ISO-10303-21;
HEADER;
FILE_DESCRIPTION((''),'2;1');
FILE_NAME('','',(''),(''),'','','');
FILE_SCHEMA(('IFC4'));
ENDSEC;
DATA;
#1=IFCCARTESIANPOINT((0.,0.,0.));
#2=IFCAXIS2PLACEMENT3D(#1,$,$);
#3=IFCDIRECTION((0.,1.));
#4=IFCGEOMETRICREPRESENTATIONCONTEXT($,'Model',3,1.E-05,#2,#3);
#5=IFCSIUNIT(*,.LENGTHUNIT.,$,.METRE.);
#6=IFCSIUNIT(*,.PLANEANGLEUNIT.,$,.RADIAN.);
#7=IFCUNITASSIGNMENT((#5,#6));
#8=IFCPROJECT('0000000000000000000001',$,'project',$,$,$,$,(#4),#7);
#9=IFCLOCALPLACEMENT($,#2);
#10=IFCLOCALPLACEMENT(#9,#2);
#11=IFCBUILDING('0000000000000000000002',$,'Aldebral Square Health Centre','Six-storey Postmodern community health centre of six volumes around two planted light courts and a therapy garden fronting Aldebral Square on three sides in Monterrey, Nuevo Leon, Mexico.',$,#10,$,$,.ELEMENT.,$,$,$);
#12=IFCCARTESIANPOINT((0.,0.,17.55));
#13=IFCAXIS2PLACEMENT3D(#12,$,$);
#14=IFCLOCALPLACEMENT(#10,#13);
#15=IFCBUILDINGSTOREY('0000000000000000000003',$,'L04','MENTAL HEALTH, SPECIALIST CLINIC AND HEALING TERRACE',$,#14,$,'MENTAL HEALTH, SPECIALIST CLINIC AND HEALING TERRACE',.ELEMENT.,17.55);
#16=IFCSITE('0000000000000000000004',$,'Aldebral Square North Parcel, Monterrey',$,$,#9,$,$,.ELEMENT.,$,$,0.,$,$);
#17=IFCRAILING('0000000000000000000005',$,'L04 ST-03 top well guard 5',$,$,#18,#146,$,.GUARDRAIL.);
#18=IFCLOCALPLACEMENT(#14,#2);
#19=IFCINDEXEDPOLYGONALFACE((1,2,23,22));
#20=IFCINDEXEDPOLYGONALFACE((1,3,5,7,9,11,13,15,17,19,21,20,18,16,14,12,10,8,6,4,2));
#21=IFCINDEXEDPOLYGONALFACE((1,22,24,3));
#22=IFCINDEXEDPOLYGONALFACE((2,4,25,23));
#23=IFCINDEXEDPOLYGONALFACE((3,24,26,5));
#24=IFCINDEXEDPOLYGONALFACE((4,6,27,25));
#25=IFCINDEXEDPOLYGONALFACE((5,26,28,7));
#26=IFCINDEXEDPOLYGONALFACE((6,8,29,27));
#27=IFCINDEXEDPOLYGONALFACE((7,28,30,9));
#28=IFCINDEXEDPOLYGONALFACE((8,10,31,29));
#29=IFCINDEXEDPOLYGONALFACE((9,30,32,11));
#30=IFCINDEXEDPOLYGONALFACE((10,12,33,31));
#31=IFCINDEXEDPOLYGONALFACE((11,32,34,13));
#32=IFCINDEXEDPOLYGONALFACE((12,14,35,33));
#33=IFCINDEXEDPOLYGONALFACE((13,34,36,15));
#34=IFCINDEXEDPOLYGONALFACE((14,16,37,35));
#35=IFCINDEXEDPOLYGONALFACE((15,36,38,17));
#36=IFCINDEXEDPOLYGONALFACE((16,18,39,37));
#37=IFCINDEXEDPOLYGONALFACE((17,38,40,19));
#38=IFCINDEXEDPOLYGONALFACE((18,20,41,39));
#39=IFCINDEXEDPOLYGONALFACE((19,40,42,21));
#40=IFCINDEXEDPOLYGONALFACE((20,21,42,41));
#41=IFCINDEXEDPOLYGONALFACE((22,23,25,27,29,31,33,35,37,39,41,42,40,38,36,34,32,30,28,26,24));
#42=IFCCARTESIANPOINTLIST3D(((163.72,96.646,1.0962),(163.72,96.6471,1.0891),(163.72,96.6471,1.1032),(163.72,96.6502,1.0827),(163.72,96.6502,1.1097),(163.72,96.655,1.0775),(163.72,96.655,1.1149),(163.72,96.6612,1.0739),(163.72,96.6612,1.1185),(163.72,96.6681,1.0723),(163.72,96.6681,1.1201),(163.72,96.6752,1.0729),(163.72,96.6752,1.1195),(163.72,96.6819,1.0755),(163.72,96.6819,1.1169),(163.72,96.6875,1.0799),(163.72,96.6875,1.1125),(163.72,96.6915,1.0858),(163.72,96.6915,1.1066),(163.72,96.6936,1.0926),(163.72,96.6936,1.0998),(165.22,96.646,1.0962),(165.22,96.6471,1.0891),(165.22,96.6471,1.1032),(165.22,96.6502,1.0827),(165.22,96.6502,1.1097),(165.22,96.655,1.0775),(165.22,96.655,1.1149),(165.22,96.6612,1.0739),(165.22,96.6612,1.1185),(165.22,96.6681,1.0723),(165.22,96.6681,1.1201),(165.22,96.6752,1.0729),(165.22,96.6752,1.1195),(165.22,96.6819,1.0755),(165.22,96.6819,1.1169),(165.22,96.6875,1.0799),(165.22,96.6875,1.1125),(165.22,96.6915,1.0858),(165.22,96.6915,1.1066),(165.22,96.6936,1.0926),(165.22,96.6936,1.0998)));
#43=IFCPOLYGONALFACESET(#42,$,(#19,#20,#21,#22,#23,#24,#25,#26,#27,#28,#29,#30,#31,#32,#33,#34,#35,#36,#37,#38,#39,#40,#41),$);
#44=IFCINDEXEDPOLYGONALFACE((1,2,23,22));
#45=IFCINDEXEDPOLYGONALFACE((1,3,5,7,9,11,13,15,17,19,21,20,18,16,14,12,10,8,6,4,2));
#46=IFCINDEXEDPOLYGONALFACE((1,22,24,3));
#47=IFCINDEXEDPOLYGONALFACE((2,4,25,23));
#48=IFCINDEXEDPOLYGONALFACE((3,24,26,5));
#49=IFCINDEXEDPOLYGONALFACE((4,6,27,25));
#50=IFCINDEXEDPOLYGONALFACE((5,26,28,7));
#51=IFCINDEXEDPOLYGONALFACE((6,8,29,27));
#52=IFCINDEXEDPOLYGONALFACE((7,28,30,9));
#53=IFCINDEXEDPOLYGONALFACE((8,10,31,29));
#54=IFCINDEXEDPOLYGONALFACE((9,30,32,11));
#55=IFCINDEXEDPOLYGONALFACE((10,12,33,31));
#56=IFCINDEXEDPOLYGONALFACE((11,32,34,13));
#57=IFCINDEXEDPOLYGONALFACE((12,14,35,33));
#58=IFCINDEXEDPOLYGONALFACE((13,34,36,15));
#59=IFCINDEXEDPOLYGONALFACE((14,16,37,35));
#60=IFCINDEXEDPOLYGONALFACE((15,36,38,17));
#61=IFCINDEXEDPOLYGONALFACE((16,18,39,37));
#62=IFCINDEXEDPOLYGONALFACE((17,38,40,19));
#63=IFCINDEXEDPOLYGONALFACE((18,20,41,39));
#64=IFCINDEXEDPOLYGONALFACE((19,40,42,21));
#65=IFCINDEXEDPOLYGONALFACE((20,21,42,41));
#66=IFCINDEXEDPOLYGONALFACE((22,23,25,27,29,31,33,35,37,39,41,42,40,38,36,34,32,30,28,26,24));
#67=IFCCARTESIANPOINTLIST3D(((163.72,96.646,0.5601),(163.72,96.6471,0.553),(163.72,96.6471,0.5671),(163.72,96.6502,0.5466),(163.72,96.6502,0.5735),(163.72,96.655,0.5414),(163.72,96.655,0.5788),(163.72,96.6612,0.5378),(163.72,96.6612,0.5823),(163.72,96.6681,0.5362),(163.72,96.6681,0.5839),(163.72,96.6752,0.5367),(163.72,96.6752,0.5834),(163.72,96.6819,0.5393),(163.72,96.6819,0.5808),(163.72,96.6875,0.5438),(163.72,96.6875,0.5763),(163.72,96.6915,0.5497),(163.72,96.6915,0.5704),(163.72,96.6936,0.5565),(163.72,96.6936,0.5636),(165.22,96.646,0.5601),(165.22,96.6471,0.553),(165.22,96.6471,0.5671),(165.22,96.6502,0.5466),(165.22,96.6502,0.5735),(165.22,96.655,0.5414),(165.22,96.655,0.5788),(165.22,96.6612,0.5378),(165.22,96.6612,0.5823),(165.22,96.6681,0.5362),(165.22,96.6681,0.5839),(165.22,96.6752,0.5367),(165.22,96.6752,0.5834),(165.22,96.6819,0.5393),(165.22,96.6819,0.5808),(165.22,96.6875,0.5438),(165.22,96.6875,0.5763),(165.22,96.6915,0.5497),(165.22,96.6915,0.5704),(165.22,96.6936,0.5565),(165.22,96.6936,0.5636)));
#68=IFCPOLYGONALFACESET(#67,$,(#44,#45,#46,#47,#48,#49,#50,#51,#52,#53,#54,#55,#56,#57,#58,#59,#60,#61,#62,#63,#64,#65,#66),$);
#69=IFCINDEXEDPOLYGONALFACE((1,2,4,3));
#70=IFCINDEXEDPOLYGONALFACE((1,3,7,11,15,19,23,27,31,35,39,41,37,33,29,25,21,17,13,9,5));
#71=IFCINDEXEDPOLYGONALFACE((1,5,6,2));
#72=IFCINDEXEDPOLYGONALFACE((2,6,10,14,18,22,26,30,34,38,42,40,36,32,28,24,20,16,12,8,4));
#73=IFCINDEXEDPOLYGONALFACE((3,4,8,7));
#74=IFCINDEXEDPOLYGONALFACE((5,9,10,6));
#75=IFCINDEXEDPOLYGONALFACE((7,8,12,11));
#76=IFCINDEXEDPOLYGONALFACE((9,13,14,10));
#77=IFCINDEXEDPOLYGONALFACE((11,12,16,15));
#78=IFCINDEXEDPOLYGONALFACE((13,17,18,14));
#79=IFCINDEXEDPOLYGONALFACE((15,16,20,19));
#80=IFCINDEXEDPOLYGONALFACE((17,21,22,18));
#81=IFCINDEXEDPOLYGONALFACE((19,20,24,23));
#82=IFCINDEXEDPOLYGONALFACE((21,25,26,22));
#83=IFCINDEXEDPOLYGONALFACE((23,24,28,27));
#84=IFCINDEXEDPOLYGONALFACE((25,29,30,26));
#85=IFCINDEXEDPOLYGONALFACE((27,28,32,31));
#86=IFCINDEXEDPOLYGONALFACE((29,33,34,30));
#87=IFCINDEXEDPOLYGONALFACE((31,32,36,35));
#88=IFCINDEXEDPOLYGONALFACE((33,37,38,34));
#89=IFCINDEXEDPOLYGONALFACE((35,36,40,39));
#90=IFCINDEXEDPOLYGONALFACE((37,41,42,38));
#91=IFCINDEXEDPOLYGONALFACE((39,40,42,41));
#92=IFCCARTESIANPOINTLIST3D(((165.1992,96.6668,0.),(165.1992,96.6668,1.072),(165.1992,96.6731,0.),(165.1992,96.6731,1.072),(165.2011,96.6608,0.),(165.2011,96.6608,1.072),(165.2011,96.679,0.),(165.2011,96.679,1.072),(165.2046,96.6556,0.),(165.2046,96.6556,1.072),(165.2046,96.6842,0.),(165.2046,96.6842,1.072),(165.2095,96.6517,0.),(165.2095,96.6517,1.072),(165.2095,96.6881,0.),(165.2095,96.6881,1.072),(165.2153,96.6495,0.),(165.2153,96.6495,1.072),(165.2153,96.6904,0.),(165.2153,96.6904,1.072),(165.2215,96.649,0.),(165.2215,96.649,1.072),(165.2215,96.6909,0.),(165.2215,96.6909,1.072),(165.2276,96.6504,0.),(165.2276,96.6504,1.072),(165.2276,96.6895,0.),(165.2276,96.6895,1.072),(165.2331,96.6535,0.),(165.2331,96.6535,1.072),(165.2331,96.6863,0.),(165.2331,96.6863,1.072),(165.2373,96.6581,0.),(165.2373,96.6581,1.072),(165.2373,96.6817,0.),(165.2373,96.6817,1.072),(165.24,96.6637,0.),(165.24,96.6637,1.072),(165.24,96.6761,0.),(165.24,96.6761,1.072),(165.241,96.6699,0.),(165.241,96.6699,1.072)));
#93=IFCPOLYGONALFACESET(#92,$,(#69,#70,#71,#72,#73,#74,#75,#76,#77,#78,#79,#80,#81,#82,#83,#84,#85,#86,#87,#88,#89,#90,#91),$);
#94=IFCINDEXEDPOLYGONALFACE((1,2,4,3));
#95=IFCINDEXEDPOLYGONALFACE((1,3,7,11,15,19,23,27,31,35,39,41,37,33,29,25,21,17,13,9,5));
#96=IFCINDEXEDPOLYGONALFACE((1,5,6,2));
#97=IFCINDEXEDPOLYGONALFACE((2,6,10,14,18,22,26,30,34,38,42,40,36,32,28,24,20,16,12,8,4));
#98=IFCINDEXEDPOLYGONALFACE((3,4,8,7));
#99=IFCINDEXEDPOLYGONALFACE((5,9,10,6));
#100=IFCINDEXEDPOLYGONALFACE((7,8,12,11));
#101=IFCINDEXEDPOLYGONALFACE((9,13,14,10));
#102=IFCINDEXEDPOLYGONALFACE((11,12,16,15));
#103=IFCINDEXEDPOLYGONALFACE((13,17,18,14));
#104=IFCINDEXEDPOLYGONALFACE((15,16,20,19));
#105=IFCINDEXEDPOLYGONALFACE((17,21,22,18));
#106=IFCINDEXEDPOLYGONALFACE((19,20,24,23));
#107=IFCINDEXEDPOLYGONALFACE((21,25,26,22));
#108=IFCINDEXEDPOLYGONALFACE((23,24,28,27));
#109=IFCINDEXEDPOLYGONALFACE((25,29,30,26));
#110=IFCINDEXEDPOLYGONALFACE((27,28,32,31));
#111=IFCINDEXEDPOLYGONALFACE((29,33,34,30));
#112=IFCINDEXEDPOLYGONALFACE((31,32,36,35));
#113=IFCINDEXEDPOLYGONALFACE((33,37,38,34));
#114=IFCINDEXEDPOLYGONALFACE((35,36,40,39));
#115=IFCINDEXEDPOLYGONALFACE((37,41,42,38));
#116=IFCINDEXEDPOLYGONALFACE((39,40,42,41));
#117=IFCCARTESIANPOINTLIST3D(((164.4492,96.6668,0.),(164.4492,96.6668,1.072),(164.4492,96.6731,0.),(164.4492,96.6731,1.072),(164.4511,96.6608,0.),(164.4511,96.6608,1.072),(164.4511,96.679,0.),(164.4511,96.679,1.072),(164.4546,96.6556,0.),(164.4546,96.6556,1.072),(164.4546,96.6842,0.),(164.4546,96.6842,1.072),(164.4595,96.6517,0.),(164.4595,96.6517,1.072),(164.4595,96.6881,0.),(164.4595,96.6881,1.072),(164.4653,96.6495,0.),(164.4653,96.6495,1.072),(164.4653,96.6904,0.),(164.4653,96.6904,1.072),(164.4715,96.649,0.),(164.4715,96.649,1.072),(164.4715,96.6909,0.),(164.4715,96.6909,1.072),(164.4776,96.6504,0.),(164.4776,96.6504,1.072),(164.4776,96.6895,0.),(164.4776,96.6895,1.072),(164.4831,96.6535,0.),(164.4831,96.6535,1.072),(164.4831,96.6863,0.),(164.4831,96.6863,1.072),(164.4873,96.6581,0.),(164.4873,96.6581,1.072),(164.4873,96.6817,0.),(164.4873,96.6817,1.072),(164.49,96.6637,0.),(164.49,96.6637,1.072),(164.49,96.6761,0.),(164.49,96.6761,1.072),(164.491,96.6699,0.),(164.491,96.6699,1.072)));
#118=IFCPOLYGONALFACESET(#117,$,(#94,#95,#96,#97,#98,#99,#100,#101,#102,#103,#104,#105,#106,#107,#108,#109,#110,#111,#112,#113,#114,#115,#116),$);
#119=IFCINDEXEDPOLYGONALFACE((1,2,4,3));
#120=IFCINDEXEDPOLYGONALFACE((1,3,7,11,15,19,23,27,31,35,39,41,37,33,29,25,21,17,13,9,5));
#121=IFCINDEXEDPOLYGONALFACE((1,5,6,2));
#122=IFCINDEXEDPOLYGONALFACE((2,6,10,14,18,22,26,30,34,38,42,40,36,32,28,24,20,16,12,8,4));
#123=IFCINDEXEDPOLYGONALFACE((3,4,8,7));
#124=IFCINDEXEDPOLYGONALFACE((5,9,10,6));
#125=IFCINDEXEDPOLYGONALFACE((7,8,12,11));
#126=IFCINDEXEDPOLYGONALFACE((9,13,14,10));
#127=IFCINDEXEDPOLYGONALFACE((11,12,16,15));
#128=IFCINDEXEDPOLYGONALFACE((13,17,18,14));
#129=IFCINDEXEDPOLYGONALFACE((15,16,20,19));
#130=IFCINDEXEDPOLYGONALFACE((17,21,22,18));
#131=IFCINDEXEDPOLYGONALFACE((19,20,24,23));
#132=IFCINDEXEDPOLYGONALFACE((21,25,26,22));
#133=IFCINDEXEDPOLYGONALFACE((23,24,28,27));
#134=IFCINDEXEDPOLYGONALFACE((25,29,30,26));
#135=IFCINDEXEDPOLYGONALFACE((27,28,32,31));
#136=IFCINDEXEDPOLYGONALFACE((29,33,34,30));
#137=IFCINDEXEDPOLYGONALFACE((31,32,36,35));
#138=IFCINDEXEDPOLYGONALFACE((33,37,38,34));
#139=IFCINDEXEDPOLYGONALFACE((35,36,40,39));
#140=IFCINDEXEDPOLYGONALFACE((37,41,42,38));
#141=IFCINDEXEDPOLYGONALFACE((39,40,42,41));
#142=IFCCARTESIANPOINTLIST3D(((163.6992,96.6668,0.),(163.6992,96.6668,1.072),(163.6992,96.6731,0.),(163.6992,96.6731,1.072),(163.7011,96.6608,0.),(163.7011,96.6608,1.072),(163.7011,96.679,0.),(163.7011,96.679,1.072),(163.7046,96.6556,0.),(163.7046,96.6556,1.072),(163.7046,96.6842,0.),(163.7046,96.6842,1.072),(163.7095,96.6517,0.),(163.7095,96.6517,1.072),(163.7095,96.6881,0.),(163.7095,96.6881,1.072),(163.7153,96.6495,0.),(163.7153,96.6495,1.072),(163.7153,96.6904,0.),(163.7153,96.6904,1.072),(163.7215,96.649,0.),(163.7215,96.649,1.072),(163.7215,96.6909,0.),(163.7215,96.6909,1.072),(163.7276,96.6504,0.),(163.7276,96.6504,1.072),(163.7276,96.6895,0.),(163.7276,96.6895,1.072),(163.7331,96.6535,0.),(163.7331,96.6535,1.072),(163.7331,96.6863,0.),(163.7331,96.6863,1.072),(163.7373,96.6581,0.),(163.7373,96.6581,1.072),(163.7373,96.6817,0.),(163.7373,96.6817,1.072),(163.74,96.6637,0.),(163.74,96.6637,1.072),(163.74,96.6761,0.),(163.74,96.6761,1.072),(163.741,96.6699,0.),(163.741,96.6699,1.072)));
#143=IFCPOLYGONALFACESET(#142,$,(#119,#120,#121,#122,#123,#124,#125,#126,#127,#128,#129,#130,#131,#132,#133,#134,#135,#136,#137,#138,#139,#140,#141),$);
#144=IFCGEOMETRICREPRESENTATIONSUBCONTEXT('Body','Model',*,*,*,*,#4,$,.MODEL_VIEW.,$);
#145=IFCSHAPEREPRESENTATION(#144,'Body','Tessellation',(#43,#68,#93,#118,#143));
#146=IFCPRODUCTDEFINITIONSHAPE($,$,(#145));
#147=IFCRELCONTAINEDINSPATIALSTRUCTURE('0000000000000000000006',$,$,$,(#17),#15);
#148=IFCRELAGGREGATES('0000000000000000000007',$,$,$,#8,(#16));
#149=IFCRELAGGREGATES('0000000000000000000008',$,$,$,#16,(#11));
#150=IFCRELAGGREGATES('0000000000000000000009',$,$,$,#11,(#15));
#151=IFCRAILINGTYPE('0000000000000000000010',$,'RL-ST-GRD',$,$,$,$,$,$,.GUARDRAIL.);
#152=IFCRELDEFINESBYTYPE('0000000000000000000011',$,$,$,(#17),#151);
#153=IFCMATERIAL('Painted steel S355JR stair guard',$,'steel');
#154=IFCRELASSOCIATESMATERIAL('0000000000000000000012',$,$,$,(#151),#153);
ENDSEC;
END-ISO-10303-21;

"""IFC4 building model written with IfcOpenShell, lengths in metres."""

from ifc_helpers import new_model, si_unit, direction, frame, origin, origin_2d, place, context, subcontext, project, spatial, circle, extrude, material, type_object, element, save


model = new_model("IFC4")

# Units and contexts
model_context = context("Model", 3, precision=1e-05, world=origin(), true_north=direction((0.0, 1.0)))
body_context = subcontext(model_context, "Body", "Model", "MODEL_VIEW")
ifc_project = project(units=[si_unit("LENGTHUNIT", "METRE"), si_unit("PLANEANGLEUNIT", "RADIAN")], contexts=[model_context])

# Site, building, storey
site_placement = place(None, origin())
site = spatial("IfcSite", under=ifc_project, at=site_placement, Name="Aldebral Square North Parcel, Monterrey", CompositionType="ELEMENT", RefElevation=0.0)
building_placement = place(site_placement, origin())
building = spatial("IfcBuilding", under=site, at=building_placement, Name="Aldebral Square Health Centre", Description="Six-storey Postmodern community health centre of six volumes around two planted light courts and a therapy garden fronting Aldebral Square on three sides in Monterrey, Nuevo Leon, Mexico.", CompositionType="ELEMENT")
storey_placement = place(building_placement, frame((0.0, 0.0, 17.55)))
storey = spatial("IfcBuildingStorey", under=building, at=storey_placement, Name="L04", Description="MENTAL HEALTH, SPECIALIST CLINIC AND HEALING TERRACE", LongName="MENTAL HEALTH, SPECIALIST CLINIC AND HEALING TERRACE", CompositionType="ELEMENT", Elevation=17.55)

# Railing
ifc_material_1 = material(Name="Painted steel S355JR stair guard", Category="steel")
railing_type = type_object("IfcRailingType", Name="RL-ST-GRD", PredefinedType="GUARDRAIL", material=ifc_material_1)
for number, where, name in (
    (1, (165.22, 96.6699, 0.0), "L04 ST-03 top well guard 5"),
):
    element("IfcRailing", number, at=place(storey_placement, frame(where)), inside=storey, type_object=railing_type, Name=name, PredefinedType="GUARDRAIL", context=body_context, shape_type="SweptSolid", body=[
        extrude(circle(Radius=0.0239, at=origin_2d()), frame((0.0, 0.0, 1.0962), z_axis=(-1.0, 0.0, 0.0), x_axis=(0.0, -1.0, 0.0)), (0.0, 0.0, 1.0), 1.5),
        extrude(circle(Radius=0.0239, at=origin_2d()), frame((0.0, 0.0, 0.5601), z_axis=(-1.0, 0.0, 0.0), x_axis=(0.0, -1.0, 0.0)), (0.0, 0.0, 1.0), 1.5),
        extrude(circle(Radius=0.021, at=origin_2d()), origin(), (0.0, 0.0, 1.0), 1.072),
        extrude(circle(Radius=0.021, at=origin_2d()), frame((-0.75, 0.0, 0.0)), (0.0, 0.0, 1.0), 1.072),
        extrude(circle(Radius=0.021, at=origin_2d()), frame((-1.5, 0.0, 0.0)), (0.0, 0.0, 1.0), 1.072),
    ])

save(model, "model.ifc")
